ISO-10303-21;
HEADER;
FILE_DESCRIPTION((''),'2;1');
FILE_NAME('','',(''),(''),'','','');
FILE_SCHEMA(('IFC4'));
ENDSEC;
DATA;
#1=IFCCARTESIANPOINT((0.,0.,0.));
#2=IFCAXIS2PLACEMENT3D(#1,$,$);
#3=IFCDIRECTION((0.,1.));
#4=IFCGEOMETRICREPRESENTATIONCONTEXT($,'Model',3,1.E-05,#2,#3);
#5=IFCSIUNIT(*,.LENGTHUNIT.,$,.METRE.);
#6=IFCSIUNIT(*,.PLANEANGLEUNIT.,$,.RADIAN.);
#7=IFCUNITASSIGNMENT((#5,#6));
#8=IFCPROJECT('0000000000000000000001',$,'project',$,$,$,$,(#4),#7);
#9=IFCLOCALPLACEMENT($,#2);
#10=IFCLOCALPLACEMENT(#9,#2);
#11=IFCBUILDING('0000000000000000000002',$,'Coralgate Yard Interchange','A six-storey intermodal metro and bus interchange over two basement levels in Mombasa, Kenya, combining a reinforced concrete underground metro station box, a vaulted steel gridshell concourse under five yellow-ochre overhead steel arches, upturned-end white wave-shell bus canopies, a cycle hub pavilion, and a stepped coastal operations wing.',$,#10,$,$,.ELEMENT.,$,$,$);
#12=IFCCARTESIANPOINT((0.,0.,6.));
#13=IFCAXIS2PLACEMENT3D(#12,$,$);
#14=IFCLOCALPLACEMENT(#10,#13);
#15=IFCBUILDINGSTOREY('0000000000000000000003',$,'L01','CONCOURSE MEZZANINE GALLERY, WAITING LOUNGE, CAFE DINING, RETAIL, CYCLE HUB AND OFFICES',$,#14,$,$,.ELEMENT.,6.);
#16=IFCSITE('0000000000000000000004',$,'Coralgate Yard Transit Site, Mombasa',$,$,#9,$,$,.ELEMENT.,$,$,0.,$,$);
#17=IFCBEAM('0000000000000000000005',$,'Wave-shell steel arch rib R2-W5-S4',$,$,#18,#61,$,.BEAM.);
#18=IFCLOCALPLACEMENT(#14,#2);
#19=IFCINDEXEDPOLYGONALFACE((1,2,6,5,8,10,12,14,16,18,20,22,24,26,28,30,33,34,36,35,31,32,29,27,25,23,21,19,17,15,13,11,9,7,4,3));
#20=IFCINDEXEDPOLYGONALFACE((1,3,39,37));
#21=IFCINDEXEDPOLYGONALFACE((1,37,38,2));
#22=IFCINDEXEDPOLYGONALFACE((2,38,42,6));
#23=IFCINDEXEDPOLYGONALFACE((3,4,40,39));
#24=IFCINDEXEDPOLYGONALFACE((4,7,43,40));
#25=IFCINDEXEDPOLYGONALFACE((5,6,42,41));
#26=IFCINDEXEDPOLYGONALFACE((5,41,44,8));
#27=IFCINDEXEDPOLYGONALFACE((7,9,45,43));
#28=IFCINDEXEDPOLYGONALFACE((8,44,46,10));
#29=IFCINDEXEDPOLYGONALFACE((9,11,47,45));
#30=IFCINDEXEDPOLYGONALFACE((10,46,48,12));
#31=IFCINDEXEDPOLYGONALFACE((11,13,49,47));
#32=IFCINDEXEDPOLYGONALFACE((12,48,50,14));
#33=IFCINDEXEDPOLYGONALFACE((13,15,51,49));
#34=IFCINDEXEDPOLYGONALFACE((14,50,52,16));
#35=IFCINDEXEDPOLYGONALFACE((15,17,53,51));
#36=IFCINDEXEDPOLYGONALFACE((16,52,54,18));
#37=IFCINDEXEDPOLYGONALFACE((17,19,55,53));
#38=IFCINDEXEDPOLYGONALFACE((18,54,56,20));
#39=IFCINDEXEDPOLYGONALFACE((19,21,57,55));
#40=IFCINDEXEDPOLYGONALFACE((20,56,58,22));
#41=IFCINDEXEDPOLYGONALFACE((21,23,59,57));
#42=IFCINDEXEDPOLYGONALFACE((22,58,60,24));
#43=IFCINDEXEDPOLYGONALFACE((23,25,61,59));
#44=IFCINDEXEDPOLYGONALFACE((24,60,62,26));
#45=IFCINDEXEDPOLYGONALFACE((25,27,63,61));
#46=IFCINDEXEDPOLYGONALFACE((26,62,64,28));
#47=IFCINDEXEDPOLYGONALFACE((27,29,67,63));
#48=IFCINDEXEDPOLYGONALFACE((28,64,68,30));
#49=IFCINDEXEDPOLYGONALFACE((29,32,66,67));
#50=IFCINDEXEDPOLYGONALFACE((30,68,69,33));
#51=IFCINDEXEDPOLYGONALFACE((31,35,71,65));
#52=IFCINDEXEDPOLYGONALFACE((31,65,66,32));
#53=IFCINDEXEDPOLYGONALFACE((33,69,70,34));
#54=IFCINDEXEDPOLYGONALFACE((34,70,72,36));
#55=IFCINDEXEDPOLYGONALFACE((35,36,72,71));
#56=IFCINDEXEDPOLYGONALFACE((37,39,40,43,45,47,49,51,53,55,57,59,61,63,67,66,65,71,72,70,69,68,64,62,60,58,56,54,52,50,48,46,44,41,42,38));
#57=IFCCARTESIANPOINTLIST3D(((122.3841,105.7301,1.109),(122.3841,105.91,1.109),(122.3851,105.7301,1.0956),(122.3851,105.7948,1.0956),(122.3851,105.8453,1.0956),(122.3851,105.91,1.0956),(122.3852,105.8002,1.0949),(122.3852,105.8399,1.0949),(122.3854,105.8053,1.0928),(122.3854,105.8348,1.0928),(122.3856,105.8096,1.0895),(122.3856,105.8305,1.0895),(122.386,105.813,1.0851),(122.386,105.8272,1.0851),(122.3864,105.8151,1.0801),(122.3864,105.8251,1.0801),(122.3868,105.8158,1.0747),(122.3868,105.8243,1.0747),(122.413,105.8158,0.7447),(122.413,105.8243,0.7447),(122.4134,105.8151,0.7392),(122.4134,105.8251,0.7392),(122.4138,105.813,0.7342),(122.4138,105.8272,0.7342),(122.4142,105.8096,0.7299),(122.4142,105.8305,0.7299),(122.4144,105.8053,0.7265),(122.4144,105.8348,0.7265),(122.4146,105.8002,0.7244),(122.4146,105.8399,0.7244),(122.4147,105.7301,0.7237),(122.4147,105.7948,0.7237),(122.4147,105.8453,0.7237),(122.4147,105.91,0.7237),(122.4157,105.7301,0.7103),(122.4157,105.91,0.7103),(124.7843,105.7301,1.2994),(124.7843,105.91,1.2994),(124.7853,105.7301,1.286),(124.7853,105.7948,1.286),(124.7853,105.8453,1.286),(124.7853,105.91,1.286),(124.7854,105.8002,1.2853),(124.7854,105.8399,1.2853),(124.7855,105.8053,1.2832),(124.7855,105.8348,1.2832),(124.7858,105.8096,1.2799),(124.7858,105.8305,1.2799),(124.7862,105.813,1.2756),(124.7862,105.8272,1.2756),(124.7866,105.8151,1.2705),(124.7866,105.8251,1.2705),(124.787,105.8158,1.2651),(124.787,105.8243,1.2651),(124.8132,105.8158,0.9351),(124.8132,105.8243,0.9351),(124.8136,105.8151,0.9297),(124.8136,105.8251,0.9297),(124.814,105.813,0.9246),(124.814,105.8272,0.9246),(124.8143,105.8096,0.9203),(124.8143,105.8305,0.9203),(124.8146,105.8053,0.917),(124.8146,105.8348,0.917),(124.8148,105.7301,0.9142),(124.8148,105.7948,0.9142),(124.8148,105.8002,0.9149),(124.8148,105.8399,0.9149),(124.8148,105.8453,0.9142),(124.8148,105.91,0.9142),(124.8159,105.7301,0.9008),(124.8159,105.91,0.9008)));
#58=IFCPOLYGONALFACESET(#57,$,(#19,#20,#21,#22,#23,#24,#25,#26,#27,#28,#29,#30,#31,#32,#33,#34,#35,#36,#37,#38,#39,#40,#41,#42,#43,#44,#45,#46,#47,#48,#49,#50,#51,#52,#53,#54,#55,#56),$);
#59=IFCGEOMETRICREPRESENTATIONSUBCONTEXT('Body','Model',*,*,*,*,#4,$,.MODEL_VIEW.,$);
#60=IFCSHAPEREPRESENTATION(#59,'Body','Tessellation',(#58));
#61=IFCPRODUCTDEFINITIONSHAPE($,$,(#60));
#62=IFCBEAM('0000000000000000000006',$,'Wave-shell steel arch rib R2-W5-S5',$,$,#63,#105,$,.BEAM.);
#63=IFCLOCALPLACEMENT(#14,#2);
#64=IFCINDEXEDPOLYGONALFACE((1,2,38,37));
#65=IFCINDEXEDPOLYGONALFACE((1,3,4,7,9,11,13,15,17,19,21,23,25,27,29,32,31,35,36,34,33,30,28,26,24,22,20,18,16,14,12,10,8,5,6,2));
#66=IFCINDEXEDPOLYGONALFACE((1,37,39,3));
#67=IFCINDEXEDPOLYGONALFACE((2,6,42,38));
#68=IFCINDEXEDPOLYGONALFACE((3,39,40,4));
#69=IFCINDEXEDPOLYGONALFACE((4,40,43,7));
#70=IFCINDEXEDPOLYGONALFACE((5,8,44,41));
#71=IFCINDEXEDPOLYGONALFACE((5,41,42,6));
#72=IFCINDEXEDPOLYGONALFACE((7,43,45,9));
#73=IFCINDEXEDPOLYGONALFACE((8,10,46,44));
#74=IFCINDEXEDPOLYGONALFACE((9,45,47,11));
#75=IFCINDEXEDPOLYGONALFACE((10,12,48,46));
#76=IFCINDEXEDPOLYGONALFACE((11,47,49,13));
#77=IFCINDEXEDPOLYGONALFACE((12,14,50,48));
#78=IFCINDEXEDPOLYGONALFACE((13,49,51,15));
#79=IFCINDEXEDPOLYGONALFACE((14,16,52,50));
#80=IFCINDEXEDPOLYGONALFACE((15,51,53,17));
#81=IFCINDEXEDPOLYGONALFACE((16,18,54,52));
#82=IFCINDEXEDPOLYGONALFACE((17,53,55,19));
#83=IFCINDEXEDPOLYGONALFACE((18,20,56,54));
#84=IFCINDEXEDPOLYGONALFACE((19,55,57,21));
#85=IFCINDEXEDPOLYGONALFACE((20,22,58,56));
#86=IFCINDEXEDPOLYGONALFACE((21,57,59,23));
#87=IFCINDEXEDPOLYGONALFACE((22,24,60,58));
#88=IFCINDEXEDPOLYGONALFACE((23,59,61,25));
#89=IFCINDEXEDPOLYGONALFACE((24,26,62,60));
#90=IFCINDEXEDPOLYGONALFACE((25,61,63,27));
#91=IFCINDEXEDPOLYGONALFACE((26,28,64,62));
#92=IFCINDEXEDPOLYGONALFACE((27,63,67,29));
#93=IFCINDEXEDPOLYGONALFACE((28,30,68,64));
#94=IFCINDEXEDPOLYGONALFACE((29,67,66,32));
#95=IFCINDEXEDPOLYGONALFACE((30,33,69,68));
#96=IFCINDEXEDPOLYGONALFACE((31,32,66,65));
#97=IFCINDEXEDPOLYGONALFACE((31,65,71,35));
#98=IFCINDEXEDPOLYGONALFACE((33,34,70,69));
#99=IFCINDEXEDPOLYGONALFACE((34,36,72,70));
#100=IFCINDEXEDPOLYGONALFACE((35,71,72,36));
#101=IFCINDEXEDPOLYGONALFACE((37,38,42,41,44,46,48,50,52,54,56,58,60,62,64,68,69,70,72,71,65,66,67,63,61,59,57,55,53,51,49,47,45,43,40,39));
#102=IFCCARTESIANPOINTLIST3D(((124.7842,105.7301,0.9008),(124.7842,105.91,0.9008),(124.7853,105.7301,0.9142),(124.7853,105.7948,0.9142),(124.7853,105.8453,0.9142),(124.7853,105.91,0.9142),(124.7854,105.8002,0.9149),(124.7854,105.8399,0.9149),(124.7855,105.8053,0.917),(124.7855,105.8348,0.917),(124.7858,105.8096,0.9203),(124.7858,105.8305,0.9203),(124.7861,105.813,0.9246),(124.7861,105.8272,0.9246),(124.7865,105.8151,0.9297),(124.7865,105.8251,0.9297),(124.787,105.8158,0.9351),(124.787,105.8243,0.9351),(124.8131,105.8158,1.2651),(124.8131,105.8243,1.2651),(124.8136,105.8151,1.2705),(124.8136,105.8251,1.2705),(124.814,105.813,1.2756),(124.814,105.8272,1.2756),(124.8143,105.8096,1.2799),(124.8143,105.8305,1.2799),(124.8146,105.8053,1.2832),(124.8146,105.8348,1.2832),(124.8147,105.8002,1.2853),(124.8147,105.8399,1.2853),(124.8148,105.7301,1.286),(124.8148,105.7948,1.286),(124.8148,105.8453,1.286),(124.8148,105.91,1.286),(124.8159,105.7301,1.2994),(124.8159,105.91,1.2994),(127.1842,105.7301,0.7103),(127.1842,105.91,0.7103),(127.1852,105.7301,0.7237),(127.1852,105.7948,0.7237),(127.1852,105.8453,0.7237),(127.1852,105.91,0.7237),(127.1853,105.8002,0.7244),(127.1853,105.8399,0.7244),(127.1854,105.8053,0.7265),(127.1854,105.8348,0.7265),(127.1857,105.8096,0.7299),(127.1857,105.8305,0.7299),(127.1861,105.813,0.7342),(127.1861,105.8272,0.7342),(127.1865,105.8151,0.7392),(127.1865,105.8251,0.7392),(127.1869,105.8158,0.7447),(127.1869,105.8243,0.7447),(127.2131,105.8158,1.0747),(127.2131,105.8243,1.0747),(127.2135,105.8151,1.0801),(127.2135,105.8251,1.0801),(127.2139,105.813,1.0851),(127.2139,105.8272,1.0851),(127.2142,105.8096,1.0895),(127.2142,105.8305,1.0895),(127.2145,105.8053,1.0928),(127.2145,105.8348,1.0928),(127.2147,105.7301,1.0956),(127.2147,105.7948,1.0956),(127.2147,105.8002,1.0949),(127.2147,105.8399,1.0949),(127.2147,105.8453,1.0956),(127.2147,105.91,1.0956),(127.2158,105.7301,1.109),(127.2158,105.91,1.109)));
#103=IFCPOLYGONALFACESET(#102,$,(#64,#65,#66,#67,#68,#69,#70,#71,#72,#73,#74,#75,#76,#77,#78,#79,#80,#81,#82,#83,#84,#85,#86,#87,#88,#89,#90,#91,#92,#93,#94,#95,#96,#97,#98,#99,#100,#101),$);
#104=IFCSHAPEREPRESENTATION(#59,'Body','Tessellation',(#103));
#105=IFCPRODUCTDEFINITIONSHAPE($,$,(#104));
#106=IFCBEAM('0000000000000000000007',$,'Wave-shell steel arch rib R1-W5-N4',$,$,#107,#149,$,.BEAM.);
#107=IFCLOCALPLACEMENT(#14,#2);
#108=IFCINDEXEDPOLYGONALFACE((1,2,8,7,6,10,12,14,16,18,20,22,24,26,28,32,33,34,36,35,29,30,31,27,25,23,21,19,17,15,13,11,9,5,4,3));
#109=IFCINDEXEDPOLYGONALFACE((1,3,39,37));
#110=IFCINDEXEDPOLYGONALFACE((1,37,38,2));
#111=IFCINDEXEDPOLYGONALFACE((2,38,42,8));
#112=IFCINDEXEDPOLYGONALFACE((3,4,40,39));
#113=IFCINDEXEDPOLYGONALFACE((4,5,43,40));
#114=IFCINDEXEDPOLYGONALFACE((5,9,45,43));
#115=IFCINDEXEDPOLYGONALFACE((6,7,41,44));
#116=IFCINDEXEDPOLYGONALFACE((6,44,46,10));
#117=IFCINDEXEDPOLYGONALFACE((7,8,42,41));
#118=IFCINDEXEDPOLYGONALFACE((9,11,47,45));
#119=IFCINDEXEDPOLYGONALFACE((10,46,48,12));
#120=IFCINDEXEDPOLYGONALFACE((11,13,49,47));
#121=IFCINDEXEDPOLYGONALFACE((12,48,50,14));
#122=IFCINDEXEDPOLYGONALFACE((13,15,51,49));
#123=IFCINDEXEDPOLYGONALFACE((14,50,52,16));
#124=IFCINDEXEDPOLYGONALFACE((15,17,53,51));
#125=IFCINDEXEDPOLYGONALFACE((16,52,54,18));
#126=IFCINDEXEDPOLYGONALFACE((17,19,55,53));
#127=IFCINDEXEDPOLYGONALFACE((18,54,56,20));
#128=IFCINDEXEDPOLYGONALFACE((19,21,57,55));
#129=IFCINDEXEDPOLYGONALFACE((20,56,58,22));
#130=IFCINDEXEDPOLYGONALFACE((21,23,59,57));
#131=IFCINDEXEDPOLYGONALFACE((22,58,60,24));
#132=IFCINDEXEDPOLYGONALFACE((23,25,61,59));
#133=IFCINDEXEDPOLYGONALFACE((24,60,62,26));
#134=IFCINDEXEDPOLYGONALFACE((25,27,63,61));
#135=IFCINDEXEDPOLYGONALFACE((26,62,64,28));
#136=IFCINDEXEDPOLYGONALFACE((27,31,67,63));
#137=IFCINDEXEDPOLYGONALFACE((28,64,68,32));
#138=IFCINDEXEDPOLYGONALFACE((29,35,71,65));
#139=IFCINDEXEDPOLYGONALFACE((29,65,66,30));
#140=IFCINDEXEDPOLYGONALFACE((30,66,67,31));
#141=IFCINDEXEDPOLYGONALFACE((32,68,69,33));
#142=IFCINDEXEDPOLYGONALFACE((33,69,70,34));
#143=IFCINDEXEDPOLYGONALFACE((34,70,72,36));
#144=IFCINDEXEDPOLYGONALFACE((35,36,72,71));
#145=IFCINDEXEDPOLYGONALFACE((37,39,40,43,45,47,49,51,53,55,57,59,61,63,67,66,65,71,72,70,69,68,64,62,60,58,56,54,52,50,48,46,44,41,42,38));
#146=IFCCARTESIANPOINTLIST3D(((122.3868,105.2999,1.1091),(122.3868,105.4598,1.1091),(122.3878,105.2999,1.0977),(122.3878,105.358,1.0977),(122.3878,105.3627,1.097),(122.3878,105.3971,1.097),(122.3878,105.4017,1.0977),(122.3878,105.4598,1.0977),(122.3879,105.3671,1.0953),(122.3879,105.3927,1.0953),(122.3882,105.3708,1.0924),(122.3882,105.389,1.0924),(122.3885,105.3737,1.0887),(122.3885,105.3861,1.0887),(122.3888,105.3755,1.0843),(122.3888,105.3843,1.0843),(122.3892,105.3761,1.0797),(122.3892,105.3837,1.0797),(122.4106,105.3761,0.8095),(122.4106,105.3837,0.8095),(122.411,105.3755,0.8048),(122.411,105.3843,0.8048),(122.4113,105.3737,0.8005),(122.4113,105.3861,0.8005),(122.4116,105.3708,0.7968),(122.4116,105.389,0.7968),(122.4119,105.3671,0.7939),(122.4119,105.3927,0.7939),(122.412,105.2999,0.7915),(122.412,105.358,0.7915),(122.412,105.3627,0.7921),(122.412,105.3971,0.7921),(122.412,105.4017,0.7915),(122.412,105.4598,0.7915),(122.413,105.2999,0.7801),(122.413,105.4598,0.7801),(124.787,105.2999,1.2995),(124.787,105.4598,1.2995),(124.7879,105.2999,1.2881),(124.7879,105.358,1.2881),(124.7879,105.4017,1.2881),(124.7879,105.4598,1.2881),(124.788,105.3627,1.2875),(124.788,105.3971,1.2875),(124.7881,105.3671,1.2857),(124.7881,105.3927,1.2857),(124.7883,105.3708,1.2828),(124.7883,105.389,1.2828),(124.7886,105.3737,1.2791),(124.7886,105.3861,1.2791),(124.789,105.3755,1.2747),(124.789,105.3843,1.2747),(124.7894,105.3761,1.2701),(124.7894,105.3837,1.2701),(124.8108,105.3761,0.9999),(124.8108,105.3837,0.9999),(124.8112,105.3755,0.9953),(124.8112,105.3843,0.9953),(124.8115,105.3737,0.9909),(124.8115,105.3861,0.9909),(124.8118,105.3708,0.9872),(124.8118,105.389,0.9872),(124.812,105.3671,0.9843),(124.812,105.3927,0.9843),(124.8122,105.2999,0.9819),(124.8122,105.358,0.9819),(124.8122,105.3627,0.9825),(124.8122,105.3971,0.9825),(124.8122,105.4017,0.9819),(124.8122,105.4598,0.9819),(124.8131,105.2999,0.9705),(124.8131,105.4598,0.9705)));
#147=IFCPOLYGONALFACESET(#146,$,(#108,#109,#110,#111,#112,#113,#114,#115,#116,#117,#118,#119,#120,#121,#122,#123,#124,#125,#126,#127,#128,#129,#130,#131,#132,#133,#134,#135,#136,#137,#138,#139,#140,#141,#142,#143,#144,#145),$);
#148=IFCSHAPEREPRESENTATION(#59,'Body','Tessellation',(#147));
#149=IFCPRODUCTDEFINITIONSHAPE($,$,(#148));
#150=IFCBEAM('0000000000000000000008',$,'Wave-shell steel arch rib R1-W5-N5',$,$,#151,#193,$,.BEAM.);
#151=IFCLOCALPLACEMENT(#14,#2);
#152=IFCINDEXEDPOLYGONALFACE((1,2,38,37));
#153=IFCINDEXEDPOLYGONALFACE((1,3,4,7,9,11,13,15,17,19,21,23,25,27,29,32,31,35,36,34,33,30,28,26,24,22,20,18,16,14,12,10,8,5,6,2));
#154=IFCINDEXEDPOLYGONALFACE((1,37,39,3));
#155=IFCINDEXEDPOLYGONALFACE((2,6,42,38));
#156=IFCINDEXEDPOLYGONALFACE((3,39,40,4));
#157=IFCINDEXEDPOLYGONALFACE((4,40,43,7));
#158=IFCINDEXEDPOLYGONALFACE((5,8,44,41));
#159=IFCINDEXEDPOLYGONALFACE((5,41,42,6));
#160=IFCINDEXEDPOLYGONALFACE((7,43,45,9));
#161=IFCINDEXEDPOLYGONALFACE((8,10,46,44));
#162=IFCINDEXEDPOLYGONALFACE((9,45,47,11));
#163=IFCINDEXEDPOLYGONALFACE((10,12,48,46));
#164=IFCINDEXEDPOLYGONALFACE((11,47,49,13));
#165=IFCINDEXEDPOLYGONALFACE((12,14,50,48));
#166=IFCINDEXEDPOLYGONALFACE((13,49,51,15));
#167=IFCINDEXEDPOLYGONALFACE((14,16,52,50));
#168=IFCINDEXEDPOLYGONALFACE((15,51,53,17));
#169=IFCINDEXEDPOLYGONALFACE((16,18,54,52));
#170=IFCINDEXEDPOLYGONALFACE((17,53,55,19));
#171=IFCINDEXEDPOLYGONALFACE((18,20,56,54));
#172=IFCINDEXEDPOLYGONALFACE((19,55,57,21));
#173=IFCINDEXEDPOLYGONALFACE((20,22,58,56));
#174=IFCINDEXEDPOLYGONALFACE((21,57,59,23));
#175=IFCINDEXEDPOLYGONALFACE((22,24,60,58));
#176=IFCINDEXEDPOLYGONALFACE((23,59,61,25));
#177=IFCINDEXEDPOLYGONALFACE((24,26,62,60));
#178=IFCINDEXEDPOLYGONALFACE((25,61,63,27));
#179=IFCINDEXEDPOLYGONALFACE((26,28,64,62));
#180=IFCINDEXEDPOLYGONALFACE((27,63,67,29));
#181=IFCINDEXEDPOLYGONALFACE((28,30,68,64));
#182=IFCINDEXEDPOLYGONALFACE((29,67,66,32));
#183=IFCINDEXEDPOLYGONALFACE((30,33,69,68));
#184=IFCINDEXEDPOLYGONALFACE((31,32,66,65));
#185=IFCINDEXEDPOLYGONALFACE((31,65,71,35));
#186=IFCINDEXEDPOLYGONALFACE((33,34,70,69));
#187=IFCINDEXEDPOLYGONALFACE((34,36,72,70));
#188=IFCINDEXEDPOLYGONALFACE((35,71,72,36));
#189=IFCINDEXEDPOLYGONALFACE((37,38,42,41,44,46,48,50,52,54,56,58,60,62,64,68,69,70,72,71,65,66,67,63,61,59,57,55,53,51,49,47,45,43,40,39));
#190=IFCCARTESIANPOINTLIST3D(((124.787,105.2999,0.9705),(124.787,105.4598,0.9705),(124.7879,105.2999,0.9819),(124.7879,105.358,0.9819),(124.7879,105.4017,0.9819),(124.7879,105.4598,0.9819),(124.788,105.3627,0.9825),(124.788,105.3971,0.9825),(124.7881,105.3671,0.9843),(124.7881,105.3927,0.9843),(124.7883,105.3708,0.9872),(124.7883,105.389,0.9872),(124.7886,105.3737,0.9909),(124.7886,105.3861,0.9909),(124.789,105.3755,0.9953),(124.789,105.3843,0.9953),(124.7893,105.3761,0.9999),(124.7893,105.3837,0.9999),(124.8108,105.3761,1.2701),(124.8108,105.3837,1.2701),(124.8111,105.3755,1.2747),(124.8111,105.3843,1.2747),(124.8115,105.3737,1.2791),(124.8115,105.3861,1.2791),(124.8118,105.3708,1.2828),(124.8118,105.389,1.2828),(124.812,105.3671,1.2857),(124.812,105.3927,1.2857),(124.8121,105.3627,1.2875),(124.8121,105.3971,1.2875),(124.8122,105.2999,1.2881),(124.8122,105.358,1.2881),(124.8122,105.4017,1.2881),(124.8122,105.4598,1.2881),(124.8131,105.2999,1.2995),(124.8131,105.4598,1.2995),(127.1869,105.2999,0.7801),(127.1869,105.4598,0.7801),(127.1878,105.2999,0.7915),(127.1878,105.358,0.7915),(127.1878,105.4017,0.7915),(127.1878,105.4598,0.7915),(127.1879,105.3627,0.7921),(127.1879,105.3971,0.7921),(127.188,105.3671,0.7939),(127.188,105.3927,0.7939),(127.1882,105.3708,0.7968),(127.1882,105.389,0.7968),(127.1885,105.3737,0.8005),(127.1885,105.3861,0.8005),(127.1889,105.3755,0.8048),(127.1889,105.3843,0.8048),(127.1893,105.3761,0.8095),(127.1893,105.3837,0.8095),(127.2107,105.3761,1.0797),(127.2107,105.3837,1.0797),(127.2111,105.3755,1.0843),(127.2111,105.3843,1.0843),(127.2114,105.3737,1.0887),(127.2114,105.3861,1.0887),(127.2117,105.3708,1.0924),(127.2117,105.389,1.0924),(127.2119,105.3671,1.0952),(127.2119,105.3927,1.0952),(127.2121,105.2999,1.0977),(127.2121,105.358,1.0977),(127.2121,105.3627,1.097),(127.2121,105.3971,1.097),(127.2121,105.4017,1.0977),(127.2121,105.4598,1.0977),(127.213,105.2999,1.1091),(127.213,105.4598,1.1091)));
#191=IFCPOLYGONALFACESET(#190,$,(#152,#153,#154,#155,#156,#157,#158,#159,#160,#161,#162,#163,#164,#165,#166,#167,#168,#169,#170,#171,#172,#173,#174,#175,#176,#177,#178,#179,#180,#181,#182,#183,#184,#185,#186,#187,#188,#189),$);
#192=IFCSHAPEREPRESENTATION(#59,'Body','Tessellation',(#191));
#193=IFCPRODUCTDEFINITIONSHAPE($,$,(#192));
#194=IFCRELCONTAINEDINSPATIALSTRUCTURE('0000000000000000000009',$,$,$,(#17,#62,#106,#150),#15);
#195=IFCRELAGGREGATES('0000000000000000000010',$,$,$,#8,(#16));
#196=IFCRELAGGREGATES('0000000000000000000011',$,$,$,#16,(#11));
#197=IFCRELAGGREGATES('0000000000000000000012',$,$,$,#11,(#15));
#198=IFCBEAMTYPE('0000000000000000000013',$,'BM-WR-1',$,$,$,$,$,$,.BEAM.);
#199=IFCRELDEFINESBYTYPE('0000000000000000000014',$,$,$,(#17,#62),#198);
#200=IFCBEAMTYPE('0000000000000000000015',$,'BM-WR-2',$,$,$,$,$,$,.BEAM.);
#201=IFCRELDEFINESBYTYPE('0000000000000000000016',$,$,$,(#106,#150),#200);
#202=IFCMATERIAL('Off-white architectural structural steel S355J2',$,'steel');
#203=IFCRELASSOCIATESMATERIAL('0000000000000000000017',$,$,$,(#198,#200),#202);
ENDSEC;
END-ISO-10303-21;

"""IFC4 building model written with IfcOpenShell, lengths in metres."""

from ifc_helpers import new_model, si_unit, direction, frame, origin, origin_2d, place, context, subcontext, project, spatial, i_section, extrude, material, material_profile, profile_set, type_object, element, save


model = new_model("IFC4")

# Units and contexts
model_context = context("Model", 3, precision=1e-05, world=origin(), true_north=direction((0.0, 1.0)))
body_context = subcontext(model_context, "Body", "Model", "MODEL_VIEW")
ifc_project = project(units=[si_unit("LENGTHUNIT", "METRE"), si_unit("PLANEANGLEUNIT", "RADIAN")], contexts=[model_context])

# Site, building, storey
site_placement = place(None, origin())
site = spatial("IfcSite", under=ifc_project, at=site_placement, Name="Coralgate Yard Transit Site, Mombasa", CompositionType="ELEMENT", RefElevation=0.0)
building_placement = place(site_placement, origin())
building = spatial("IfcBuilding", under=site, at=building_placement, Name="Coralgate Yard Interchange", Description="A six-storey intermodal metro and bus interchange over two basement levels in Mombasa, Kenya, combining a reinforced concrete underground metro station box, a vaulted steel gridshell concourse under five yellow-ochre overhead steel arches, upturned-end white wave-shell bus canopies, a cycle hub pavilion, and a stepped coastal operations wing.", CompositionType="ELEMENT")
storey_placement = place(building_placement, frame((0.0, 0.0, 6.0)))
storey = spatial("IfcBuildingStorey", under=building, at=storey_placement, Name="L01", Description="CONCOURSE MEZZANINE GALLERY, WAITING LOUNGE, CAFE DINING, RETAIL, CYCLE HUB AND OFFICES", CompositionType="ELEMENT", Elevation=6.0)

# Beams
ifc_material_1 = material(Name="Off-white architectural structural steel S355J2", Category="steel")
ifc_material_profile_1 = material_profile(ifc_material_1, i_section(OverallWidth=0.1799, OverallDepth=0.3999, WebThickness=0.0085, FlangeThickness=0.0134, FilletRadius=0.021, at=origin_2d()), Name="IPE 400")
ifc_profile_set_1 = profile_set([ifc_material_profile_1], Name="Off-white architectural structural steel S355J2")
beam_type_1 = type_object("IfcBeamType", Name="BM-WR-1", PredefinedType="BEAM", material=ifc_profile_set_1)
beam_1_placement = place(storey_placement, frame((122.3999, 105.8201, 0.9097), z_axis=(0.996867, 0.0, 0.079092), x_axis=(0.0, 1.0, 0.0)))
element("IfcBeam", 1, at=beam_1_placement, inside=storey, type_object=beam_type_1, Name="Wave-shell steel arch rib R2-W5-S4", PredefinedType="BEAM", context=body_context, shape_type="SweptSolid", body=[
    extrude(i_section(OverallWidth=0.1799, OverallDepth=0.3999, WebThickness=0.0085, FlangeThickness=0.0134, FilletRadius=0.021, at=origin_2d()), origin(), (0.0, 0.0, 1.0), 2.4077),
])
beam_2_placement = place(storey_placement, frame((124.8, 105.8201, 1.1001), z_axis=(0.996867, 0.0, -0.0791), x_axis=(0.0, 1.0, 0.0)))
element("IfcBeam", 2, at=beam_2_placement, inside=storey, type_object=beam_type_1, Name="Wave-shell steel arch rib R2-W5-S5", PredefinedType="BEAM", context=body_context, shape_type="SweptSolid", body=[
    extrude(i_section(OverallWidth=0.1799, OverallDepth=0.3999, WebThickness=0.0085, FlangeThickness=0.0134, FilletRadius=0.021, at=origin_2d()), origin(), (0.0, 0.0, 1.0), 2.4075),
])
ifc_material_profile_2 = material_profile(ifc_material_1, i_section(OverallWidth=0.1599, OverallDepth=0.3301, WebThickness=0.0076, FlangeThickness=0.0115, FilletRadius=0.0181, at=origin_2d()), Name="IPE 330")
ifc_profile_set_2 = profile_set([ifc_material_profile_2], Name="Off-white architectural structural steel S355J2")
beam_type_2 = type_object("IfcBeamType", Name="BM-WR-2", PredefinedType="BEAM", material=ifc_profile_set_2)
beam_3_placement = place(storey_placement, frame((122.3999, 105.3799, 0.9446), z_axis=(0.996867, 0.0, 0.079092), x_axis=(0.0, 1.0, 0.0)))
element("IfcBeam", 3, at=beam_3_placement, inside=storey, type_object=beam_type_2, Name="Wave-shell steel arch rib R1-W5-N4", PredefinedType="BEAM", context=body_context, shape_type="SweptSolid", body=[
    extrude(i_section(OverallWidth=0.1599, OverallDepth=0.3301, WebThickness=0.0076, FlangeThickness=0.0115, FilletRadius=0.0181, at=origin_2d()), origin(), (0.0, 0.0, 1.0), 2.4077),
])
beam_4_placement = place(storey_placement, frame((124.8, 105.3799, 1.135), z_axis=(0.996867, 0.0, -0.0791), x_axis=(0.0, 1.0, 0.0)))
element("IfcBeam", 4, at=beam_4_placement, inside=storey, type_object=beam_type_2, Name="Wave-shell steel arch rib R1-W5-N5", PredefinedType="BEAM", context=body_context, shape_type="SweptSolid", body=[
    extrude(i_section(OverallWidth=0.1599, OverallDepth=0.3301, WebThickness=0.0076, FlangeThickness=0.0115, FilletRadius=0.0181, at=origin_2d()), origin(), (0.0, 0.0, 1.0), 2.4075),
])

save(model, "model.ifc")
